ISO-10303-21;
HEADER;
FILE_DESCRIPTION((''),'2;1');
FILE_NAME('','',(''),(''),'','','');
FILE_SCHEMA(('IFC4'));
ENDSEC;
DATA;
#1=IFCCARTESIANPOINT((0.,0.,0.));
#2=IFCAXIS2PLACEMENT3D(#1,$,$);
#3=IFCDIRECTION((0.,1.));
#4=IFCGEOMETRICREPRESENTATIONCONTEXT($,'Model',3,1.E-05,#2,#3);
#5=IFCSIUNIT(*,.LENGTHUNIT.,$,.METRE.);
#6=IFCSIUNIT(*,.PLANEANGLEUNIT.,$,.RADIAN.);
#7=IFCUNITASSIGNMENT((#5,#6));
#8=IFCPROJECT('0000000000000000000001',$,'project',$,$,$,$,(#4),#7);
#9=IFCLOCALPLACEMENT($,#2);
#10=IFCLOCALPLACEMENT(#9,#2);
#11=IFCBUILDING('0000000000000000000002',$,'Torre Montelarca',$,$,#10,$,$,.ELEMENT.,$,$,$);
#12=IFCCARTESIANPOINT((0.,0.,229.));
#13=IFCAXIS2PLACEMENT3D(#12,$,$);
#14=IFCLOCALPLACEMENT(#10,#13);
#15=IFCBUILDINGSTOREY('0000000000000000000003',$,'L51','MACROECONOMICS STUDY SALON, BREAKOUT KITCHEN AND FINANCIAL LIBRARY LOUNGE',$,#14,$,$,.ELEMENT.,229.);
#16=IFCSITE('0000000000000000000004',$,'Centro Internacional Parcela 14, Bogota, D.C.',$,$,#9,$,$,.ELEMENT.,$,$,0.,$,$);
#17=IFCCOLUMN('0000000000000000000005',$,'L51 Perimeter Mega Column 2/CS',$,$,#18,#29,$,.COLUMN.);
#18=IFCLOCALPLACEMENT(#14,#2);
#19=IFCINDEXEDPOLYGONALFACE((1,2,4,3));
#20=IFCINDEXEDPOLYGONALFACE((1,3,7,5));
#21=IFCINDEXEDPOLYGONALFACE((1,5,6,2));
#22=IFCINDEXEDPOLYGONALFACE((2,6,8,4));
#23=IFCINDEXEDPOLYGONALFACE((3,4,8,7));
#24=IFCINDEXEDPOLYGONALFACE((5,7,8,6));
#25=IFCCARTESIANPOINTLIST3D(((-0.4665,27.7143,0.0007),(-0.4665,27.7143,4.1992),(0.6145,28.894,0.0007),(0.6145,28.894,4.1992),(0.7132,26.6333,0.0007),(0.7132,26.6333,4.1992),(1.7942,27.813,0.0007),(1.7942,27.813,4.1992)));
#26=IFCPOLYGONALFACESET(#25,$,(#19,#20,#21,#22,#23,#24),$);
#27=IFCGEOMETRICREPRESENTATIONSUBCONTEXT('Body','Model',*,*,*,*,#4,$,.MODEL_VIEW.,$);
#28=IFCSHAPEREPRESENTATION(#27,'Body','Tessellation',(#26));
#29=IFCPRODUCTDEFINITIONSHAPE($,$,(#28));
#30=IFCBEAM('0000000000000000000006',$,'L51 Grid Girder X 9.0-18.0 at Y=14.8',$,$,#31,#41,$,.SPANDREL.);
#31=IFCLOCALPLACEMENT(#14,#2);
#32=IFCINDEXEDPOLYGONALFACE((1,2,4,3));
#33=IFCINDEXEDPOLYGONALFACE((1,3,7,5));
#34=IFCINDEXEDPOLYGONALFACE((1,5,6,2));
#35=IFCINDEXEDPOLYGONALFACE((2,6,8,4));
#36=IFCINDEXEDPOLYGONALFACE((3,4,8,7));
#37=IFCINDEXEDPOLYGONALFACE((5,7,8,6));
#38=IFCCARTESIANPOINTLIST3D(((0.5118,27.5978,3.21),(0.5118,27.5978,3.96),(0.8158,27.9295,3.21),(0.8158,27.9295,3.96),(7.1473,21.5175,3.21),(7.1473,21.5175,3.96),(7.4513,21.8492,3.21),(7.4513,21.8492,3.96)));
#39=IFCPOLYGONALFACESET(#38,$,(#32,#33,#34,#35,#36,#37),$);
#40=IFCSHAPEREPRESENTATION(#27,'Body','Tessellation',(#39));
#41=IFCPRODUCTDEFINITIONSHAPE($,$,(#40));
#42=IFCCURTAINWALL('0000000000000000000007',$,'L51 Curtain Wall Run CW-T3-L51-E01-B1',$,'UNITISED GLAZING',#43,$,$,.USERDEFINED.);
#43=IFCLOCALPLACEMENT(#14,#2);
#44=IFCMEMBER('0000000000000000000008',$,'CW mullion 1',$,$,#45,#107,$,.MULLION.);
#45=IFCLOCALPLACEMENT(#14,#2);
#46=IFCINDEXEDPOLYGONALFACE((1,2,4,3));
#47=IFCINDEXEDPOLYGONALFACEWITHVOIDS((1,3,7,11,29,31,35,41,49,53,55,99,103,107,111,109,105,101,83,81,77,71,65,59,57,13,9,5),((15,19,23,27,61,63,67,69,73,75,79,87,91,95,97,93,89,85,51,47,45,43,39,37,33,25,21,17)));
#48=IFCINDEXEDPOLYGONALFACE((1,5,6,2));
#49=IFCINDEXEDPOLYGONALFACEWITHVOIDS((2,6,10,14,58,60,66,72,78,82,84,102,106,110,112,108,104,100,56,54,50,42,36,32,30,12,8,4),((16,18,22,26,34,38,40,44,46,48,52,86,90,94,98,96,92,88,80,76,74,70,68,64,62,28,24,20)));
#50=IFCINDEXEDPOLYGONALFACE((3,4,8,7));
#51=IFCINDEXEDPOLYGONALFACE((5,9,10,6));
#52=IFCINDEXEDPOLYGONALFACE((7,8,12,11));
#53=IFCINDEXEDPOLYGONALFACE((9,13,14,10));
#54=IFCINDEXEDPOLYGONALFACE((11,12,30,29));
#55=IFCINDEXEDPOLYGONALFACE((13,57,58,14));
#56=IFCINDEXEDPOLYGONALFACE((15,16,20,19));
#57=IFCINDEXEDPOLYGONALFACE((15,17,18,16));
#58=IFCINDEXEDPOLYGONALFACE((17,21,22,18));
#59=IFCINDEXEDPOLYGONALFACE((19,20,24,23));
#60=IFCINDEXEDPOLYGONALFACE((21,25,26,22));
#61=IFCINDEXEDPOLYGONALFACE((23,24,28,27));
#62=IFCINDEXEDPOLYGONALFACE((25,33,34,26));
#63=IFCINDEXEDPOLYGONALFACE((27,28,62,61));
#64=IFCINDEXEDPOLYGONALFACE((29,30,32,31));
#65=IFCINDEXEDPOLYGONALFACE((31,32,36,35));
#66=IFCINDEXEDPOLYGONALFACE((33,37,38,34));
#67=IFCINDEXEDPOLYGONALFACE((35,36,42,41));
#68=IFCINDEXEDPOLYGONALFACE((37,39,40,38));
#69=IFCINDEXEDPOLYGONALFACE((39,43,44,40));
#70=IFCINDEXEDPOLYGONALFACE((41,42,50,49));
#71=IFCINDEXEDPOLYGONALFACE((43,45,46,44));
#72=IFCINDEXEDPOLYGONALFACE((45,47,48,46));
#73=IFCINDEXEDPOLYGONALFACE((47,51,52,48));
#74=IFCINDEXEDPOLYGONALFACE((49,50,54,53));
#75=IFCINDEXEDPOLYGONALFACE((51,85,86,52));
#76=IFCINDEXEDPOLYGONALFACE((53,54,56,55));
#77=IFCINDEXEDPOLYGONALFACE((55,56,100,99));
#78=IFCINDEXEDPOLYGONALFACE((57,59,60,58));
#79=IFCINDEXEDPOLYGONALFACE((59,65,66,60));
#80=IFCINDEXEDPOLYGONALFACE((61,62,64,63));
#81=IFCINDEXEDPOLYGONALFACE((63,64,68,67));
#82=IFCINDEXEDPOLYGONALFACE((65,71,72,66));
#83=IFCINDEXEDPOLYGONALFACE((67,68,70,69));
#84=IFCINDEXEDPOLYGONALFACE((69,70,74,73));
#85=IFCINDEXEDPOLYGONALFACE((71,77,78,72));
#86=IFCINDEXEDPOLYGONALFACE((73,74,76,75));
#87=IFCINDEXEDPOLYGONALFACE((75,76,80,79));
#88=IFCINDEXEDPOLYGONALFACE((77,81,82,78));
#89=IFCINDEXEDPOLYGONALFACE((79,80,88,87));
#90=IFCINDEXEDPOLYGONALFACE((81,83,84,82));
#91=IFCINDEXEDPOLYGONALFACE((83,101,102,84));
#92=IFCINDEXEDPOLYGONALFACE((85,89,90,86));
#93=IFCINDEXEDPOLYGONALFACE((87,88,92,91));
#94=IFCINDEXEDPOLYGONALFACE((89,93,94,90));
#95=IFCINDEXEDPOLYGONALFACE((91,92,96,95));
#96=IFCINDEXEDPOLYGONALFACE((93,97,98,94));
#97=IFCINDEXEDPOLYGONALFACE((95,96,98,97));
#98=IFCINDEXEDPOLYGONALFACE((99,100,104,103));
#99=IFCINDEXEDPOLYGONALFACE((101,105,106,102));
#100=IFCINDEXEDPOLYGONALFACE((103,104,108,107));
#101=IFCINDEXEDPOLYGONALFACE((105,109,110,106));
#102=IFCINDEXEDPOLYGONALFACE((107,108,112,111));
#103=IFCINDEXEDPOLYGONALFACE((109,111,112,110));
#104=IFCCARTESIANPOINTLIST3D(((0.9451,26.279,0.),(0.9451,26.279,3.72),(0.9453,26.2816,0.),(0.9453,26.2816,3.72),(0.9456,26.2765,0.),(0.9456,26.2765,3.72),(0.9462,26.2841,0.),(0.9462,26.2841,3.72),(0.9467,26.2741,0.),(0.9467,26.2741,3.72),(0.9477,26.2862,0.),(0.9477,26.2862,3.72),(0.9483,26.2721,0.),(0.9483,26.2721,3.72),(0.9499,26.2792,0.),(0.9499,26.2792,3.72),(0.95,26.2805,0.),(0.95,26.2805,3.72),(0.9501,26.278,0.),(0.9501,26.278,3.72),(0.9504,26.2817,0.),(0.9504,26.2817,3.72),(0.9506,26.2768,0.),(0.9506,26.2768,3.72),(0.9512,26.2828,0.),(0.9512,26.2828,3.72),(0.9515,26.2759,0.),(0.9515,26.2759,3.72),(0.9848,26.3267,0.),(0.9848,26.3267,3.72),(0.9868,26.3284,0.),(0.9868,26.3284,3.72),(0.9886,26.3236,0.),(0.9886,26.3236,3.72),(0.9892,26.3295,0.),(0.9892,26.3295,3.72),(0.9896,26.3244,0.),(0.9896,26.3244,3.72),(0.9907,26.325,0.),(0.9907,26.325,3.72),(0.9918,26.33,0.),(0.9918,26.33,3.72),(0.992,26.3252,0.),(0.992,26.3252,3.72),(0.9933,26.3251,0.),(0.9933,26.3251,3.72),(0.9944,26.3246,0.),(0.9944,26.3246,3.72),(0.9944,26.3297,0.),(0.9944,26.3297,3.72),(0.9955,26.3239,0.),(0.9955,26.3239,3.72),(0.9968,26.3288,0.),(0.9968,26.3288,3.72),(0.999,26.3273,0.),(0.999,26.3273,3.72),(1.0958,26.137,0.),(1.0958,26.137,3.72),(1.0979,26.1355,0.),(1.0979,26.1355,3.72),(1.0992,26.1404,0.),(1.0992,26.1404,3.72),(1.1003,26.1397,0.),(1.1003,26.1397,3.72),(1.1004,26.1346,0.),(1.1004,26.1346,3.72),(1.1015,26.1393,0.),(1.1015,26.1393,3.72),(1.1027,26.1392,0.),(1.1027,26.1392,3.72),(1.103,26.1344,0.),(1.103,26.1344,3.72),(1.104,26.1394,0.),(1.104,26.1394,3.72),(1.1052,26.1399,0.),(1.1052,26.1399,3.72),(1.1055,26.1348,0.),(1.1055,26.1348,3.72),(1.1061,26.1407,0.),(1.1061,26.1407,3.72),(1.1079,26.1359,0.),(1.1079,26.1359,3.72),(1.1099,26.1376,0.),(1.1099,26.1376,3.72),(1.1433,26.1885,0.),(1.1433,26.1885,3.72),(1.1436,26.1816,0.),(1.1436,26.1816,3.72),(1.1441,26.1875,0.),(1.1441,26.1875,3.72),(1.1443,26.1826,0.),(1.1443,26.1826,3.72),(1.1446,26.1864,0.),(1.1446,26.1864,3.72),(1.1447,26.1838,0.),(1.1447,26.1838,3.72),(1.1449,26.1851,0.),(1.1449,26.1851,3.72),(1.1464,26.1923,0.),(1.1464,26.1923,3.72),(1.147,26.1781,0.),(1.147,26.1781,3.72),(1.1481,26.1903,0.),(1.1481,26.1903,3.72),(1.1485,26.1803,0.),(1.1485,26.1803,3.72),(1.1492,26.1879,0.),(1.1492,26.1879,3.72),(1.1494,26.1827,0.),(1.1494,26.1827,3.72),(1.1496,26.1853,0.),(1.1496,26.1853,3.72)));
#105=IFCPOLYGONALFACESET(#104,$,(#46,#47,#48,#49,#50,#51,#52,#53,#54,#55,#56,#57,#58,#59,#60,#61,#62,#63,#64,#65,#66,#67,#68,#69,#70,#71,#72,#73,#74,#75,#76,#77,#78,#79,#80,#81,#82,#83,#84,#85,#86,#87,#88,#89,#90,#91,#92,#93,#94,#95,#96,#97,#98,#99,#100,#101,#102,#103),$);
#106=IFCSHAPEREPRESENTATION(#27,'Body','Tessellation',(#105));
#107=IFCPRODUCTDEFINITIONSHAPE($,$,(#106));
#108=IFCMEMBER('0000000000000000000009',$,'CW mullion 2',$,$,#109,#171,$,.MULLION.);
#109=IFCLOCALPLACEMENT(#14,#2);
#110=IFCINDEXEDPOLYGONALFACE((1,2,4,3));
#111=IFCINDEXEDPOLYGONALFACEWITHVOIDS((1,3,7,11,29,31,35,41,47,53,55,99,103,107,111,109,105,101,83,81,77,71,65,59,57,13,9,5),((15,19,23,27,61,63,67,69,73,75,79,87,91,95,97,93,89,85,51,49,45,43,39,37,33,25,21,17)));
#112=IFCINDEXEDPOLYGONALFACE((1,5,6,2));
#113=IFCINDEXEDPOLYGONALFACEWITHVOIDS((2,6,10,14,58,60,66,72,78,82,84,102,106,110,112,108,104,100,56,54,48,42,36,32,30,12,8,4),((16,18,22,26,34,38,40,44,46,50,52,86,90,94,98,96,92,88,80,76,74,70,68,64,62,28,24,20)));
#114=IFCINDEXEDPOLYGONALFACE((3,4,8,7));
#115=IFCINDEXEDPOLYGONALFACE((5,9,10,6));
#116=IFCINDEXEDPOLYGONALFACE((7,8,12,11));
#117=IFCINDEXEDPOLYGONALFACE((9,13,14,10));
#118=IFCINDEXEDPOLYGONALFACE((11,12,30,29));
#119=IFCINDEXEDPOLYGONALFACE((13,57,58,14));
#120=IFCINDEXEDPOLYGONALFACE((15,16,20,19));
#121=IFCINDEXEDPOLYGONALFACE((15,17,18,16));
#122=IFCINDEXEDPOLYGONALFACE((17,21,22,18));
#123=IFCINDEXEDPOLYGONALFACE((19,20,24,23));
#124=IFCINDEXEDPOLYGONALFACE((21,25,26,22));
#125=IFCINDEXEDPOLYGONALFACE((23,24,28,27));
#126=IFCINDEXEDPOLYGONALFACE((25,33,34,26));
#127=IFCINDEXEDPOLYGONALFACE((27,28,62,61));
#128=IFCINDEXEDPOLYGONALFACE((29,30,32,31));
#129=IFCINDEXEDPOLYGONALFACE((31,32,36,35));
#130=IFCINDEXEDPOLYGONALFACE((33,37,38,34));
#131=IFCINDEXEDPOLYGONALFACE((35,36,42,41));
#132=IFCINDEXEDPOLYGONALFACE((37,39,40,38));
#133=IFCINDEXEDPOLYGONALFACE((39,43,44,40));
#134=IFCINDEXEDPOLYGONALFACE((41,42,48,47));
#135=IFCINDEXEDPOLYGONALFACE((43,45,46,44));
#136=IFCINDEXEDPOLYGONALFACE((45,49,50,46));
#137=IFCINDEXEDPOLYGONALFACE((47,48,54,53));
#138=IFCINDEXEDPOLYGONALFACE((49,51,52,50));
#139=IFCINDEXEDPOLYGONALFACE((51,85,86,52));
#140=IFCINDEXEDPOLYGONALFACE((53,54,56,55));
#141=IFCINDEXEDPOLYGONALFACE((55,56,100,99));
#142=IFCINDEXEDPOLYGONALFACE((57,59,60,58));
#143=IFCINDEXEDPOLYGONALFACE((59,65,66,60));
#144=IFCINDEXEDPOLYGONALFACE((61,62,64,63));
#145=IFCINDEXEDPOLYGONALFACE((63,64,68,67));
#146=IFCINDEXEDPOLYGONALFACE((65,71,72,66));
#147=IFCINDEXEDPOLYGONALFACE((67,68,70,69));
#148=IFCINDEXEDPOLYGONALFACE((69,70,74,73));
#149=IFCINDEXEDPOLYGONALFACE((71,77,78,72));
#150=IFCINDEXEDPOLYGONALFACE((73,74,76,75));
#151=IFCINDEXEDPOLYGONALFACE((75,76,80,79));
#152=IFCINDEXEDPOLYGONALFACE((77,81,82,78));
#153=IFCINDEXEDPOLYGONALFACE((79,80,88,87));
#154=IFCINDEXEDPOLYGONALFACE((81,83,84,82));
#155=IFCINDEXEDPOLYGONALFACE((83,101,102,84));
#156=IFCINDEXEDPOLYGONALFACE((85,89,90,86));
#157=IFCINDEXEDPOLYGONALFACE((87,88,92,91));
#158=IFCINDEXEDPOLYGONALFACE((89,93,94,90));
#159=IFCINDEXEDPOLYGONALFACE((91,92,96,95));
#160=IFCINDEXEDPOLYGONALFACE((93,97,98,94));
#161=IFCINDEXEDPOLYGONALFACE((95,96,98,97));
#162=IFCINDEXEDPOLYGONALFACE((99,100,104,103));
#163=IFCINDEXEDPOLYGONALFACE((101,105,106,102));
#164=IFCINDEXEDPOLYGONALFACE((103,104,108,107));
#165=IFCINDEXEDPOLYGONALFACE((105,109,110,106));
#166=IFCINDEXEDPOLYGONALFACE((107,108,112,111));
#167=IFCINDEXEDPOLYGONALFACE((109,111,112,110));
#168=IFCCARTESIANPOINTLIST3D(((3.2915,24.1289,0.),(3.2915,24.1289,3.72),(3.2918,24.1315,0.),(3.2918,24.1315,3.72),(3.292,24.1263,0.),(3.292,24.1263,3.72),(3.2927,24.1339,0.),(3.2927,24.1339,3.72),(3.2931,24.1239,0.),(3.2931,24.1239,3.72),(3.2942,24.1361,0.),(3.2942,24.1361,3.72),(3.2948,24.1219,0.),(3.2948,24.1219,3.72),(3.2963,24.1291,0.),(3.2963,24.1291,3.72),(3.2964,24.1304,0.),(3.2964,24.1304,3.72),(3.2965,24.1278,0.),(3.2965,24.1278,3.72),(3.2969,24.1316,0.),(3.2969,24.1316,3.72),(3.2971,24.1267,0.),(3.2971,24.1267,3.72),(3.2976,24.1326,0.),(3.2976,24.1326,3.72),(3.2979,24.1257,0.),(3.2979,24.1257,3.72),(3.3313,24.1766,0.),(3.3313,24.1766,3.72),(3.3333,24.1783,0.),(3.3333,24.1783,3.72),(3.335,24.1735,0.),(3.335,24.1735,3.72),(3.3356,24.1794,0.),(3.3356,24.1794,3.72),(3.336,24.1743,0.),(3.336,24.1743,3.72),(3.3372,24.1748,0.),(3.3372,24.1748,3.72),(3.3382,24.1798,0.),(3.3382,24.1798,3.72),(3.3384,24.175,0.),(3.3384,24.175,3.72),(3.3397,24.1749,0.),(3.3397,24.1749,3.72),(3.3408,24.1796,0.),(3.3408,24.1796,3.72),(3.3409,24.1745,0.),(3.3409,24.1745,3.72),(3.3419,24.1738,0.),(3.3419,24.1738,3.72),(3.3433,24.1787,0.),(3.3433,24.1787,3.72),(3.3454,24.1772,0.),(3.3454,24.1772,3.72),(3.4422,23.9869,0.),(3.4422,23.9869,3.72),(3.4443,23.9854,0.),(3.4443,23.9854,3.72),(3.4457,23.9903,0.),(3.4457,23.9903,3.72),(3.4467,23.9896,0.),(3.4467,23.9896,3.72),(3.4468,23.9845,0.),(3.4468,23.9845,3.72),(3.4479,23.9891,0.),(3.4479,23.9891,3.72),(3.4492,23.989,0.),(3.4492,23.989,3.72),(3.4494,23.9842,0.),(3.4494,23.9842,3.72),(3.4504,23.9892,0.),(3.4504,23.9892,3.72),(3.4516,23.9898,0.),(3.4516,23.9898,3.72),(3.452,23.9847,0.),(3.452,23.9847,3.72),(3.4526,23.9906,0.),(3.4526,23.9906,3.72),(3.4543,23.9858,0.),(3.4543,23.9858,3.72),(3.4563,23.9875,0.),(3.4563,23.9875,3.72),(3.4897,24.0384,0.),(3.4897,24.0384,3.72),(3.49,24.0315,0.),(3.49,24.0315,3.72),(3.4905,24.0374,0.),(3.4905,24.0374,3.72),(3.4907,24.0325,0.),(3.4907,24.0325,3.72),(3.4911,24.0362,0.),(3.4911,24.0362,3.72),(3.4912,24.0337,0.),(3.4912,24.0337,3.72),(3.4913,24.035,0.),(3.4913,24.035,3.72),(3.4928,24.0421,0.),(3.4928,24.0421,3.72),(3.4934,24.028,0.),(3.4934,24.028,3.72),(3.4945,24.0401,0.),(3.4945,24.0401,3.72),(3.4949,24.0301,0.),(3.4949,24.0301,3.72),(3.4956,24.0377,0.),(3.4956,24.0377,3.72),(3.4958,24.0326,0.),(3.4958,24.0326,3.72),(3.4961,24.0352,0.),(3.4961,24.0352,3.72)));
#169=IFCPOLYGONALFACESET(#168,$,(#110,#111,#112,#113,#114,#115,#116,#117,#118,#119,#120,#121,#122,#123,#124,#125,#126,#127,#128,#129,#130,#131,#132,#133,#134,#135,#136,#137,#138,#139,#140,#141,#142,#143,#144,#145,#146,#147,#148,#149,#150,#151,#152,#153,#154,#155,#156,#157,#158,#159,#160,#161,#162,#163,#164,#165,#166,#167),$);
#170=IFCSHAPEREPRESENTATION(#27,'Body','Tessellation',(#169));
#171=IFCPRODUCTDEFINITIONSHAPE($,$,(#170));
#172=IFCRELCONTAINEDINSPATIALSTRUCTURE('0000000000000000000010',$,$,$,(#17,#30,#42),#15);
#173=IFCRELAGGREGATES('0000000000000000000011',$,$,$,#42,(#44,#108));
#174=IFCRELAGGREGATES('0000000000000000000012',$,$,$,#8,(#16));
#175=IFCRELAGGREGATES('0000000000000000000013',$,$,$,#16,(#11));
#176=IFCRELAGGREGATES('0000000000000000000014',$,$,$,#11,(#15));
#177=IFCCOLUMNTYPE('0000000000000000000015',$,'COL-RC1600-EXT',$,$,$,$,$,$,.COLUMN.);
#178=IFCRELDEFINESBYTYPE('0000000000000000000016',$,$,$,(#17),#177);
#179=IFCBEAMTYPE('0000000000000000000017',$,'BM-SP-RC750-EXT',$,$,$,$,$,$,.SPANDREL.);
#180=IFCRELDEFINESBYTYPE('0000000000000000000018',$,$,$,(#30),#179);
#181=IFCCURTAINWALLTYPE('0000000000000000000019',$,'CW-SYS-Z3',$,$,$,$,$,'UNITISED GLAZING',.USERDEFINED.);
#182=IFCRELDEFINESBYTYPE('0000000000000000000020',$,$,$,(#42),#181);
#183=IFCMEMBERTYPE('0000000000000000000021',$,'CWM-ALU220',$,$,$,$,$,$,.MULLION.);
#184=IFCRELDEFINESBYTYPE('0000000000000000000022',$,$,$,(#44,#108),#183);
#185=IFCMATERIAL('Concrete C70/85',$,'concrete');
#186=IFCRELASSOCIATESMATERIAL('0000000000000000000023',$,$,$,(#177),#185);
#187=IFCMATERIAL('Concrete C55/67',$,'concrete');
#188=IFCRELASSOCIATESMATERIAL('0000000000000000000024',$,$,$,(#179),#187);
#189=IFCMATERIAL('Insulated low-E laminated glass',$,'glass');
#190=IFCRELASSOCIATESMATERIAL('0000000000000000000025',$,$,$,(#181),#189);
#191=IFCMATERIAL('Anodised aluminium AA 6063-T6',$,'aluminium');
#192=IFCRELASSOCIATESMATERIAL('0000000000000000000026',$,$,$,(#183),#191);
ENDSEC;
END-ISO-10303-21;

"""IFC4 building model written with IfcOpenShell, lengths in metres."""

from ifc_helpers import new_model, si_unit, direction, frame, origin, origin_2d, place, context, subcontext, project, spatial, rectangle, hollow_rectangle, extrude, source, transform, mapped, material, material_profile, profile_set, type_object, element, aggregate, save


model = new_model("IFC4")

# Units and contexts
model_context = context("Model", 3, precision=1e-05, world=origin(), true_north=direction((0.0, 1.0)))
body_context = subcontext(model_context, "Body", "Model", "MODEL_VIEW")
ifc_project = project(units=[si_unit("LENGTHUNIT", "METRE"), si_unit("PLANEANGLEUNIT", "RADIAN")], contexts=[model_context])

# Site, building, storey
site_placement = place(None, origin())
site = spatial("IfcSite", under=ifc_project, at=site_placement, Name="Centro Internacional Parcela 14, Bogota, D.C.", CompositionType="ELEMENT", RefElevation=0.0)
building_placement = place(site_placement, origin())
building = spatial("IfcBuilding", under=site, at=building_placement, Name="Torre Montelarca", CompositionType="ELEMENT")
storey_placement = place(building_placement, frame((0.0, 0.0, 229.0)))
storey = spatial("IfcBuildingStorey", under=building, at=storey_placement, Name="L51", Description="MACROECONOMICS STUDY SALON, BREAKOUT KITCHEN AND FINANCIAL LIBRARY LOUNGE", CompositionType="ELEMENT", Elevation=229.0)

# Column
ifc_material_1 = material(Name="Concrete C70/85", Category="concrete")
ifc_material_profile_1 = material_profile(ifc_material_1, rectangle(XDim=1.6001, YDim=1.6001, at=origin_2d()), Name="RC1600X1600", Category="concrete")
ifc_profile_set_1 = profile_set([ifc_material_profile_1], Name="Concrete C70/85")
column_type = type_object("IfcColumnType", Name="COL-RC1600-EXT", PredefinedType="COLUMN", material=ifc_profile_set_1)
shared_shape_1 = source(origin(), body_context, "Body", "SweptSolid", [
    extrude(rectangle(XDim=1.6001, YDim=1.6001, at=origin_2d()), origin(), (0.0, 0.0, 1.0), 4.1985),
])
column_placement = place(storey_placement, frame((0.6638, 27.7637, 0.0007), z_axis=(0.0, 0.0, 1.0), x_axis=(-0.737277, 0.67559, 0.0)))
element("IfcColumn", 1, at=column_placement, inside=storey, type_object=column_type, Name="L51 Perimeter Mega Column 2/CS", PredefinedType="COLUMN", context=body_context, shape_type="MappedRepresentation", body=[
    mapped(shared_shape_1, transform((0.0, 0.0, 0.0), scale=1.0)),
])

# Beam
ifc_material_2 = material(Name="Concrete C55/67", Category="concrete")
ifc_material_profile_2 = material_profile(ifc_material_2, rectangle(XDim=0.45, YDim=0.75, at=origin_2d()), Name="RCB450X750", Category="concrete")
ifc_profile_set_2 = profile_set([ifc_material_profile_2], Name="Concrete C55/67")
beam_type = type_object("IfcBeamType", Name="BM-SP-RC750-EXT", PredefinedType="SPANDREL", material=ifc_profile_set_2)
shared_shape_2 = source(origin(), body_context, "Body", "SweptSolid", [
    extrude(rectangle(XDim=0.45, YDim=0.75, at=origin_2d()), origin(), (0.0, 0.0, 1.0), 9.0),
])
beam_placement = place(storey_placement, frame((0.6638, 27.7637, 3.585), z_axis=(0.737277, -0.675591, 0.0), x_axis=(0.675591, 0.737277, 0.0)))
element("IfcBeam", 2, at=beam_placement, inside=storey, type_object=beam_type, Name="L51 Grid Girder X 9.0-18.0 at Y=14.8", PredefinedType="SPANDREL", context=body_context, shape_type="MappedRepresentation", body=[
    mapped(shared_shape_2, transform((0.0, 0.0, 0.0), scale=1.0)),
])

# Curtain wall, members
ifc_material_3 = material(Name="Insulated low-E laminated glass", Category="glass")
curtain_wall_type = type_object("IfcCurtainWallType", Name="CW-SYS-Z3", ElementType="UNITISED GLAZING", PredefinedType="USERDEFINED", material=ifc_material_3)
curtain_wall_1_placement = place(storey_placement, origin())
curtain_wall_1 = element("IfcCurtainWall", 3, at=curtain_wall_1_placement, inside=storey, type_object=curtain_wall_type, Name="L51 Curtain Wall Run CW-T3-L51-E01-B1", ObjectType="UNITISED GLAZING", PredefinedType="USERDEFINED")
ifc_material_4 = material(Name="Anodised aluminium AA 6063-T6", Category="aluminium")
ifc_material_profile_3 = material_profile(ifc_material_4, hollow_rectangle(XDim=0.075, YDim=0.22, WallThickness=0.0049, InnerFilletRadius=0.0049, OuterFilletRadius=0.01, at=origin_2d()), Name="ALU75X220X5", Category="aluminium")
ifc_profile_set_3 = profile_set([ifc_material_profile_3], Name="Anodised aluminium AA 6063-T6")
member_type_1 = type_object("IfcMemberType", Name="CWM-ALU220", PredefinedType="MULLION", material=ifc_profile_set_3)
shared_shape_3 = source(origin(), body_context, "Body", "SweptSolid", [
    extrude(hollow_rectangle(XDim=0.075, YDim=0.22, WallThickness=0.0049, InnerFilletRadius=0.0049, OuterFilletRadius=0.01, at=origin_2d()), origin(), (0.0, 0.0, 1.0), 3.72),
])
member_1_placement = place(storey_placement, frame((1.0474, 26.2322, 0.0), z_axis=(0.0, 0.0, 1.0), x_axis=(0.675588, 0.73728, 0.0)))
member_1 = element("IfcMember", 4, at=member_1_placement, type_object=member_type_1, Name="CW mullion 1", PredefinedType="MULLION", context=body_context, shape_type="MappedRepresentation", body=[
    mapped(shared_shape_3, transform((0.0, 0.0, 0.0), scale=1.0)),
])
member_2_placement = place(storey_placement, frame((3.3938, 24.082, 0.0), z_axis=(0.0, 0.0, 1.0), x_axis=(0.675588, 0.73728, 0.0)))
member_2 = element("IfcMember", 5, at=member_2_placement, type_object=member_type_1, Name="CW mullion 2", PredefinedType="MULLION", context=body_context, shape_type="MappedRepresentation", body=[
    mapped(shared_shape_3, transform((0.0, 0.0, 0.0), scale=1.0)),
])

aggregate(curtain_wall_1, [member_1, member_2])

save(model, "model.ifc")
